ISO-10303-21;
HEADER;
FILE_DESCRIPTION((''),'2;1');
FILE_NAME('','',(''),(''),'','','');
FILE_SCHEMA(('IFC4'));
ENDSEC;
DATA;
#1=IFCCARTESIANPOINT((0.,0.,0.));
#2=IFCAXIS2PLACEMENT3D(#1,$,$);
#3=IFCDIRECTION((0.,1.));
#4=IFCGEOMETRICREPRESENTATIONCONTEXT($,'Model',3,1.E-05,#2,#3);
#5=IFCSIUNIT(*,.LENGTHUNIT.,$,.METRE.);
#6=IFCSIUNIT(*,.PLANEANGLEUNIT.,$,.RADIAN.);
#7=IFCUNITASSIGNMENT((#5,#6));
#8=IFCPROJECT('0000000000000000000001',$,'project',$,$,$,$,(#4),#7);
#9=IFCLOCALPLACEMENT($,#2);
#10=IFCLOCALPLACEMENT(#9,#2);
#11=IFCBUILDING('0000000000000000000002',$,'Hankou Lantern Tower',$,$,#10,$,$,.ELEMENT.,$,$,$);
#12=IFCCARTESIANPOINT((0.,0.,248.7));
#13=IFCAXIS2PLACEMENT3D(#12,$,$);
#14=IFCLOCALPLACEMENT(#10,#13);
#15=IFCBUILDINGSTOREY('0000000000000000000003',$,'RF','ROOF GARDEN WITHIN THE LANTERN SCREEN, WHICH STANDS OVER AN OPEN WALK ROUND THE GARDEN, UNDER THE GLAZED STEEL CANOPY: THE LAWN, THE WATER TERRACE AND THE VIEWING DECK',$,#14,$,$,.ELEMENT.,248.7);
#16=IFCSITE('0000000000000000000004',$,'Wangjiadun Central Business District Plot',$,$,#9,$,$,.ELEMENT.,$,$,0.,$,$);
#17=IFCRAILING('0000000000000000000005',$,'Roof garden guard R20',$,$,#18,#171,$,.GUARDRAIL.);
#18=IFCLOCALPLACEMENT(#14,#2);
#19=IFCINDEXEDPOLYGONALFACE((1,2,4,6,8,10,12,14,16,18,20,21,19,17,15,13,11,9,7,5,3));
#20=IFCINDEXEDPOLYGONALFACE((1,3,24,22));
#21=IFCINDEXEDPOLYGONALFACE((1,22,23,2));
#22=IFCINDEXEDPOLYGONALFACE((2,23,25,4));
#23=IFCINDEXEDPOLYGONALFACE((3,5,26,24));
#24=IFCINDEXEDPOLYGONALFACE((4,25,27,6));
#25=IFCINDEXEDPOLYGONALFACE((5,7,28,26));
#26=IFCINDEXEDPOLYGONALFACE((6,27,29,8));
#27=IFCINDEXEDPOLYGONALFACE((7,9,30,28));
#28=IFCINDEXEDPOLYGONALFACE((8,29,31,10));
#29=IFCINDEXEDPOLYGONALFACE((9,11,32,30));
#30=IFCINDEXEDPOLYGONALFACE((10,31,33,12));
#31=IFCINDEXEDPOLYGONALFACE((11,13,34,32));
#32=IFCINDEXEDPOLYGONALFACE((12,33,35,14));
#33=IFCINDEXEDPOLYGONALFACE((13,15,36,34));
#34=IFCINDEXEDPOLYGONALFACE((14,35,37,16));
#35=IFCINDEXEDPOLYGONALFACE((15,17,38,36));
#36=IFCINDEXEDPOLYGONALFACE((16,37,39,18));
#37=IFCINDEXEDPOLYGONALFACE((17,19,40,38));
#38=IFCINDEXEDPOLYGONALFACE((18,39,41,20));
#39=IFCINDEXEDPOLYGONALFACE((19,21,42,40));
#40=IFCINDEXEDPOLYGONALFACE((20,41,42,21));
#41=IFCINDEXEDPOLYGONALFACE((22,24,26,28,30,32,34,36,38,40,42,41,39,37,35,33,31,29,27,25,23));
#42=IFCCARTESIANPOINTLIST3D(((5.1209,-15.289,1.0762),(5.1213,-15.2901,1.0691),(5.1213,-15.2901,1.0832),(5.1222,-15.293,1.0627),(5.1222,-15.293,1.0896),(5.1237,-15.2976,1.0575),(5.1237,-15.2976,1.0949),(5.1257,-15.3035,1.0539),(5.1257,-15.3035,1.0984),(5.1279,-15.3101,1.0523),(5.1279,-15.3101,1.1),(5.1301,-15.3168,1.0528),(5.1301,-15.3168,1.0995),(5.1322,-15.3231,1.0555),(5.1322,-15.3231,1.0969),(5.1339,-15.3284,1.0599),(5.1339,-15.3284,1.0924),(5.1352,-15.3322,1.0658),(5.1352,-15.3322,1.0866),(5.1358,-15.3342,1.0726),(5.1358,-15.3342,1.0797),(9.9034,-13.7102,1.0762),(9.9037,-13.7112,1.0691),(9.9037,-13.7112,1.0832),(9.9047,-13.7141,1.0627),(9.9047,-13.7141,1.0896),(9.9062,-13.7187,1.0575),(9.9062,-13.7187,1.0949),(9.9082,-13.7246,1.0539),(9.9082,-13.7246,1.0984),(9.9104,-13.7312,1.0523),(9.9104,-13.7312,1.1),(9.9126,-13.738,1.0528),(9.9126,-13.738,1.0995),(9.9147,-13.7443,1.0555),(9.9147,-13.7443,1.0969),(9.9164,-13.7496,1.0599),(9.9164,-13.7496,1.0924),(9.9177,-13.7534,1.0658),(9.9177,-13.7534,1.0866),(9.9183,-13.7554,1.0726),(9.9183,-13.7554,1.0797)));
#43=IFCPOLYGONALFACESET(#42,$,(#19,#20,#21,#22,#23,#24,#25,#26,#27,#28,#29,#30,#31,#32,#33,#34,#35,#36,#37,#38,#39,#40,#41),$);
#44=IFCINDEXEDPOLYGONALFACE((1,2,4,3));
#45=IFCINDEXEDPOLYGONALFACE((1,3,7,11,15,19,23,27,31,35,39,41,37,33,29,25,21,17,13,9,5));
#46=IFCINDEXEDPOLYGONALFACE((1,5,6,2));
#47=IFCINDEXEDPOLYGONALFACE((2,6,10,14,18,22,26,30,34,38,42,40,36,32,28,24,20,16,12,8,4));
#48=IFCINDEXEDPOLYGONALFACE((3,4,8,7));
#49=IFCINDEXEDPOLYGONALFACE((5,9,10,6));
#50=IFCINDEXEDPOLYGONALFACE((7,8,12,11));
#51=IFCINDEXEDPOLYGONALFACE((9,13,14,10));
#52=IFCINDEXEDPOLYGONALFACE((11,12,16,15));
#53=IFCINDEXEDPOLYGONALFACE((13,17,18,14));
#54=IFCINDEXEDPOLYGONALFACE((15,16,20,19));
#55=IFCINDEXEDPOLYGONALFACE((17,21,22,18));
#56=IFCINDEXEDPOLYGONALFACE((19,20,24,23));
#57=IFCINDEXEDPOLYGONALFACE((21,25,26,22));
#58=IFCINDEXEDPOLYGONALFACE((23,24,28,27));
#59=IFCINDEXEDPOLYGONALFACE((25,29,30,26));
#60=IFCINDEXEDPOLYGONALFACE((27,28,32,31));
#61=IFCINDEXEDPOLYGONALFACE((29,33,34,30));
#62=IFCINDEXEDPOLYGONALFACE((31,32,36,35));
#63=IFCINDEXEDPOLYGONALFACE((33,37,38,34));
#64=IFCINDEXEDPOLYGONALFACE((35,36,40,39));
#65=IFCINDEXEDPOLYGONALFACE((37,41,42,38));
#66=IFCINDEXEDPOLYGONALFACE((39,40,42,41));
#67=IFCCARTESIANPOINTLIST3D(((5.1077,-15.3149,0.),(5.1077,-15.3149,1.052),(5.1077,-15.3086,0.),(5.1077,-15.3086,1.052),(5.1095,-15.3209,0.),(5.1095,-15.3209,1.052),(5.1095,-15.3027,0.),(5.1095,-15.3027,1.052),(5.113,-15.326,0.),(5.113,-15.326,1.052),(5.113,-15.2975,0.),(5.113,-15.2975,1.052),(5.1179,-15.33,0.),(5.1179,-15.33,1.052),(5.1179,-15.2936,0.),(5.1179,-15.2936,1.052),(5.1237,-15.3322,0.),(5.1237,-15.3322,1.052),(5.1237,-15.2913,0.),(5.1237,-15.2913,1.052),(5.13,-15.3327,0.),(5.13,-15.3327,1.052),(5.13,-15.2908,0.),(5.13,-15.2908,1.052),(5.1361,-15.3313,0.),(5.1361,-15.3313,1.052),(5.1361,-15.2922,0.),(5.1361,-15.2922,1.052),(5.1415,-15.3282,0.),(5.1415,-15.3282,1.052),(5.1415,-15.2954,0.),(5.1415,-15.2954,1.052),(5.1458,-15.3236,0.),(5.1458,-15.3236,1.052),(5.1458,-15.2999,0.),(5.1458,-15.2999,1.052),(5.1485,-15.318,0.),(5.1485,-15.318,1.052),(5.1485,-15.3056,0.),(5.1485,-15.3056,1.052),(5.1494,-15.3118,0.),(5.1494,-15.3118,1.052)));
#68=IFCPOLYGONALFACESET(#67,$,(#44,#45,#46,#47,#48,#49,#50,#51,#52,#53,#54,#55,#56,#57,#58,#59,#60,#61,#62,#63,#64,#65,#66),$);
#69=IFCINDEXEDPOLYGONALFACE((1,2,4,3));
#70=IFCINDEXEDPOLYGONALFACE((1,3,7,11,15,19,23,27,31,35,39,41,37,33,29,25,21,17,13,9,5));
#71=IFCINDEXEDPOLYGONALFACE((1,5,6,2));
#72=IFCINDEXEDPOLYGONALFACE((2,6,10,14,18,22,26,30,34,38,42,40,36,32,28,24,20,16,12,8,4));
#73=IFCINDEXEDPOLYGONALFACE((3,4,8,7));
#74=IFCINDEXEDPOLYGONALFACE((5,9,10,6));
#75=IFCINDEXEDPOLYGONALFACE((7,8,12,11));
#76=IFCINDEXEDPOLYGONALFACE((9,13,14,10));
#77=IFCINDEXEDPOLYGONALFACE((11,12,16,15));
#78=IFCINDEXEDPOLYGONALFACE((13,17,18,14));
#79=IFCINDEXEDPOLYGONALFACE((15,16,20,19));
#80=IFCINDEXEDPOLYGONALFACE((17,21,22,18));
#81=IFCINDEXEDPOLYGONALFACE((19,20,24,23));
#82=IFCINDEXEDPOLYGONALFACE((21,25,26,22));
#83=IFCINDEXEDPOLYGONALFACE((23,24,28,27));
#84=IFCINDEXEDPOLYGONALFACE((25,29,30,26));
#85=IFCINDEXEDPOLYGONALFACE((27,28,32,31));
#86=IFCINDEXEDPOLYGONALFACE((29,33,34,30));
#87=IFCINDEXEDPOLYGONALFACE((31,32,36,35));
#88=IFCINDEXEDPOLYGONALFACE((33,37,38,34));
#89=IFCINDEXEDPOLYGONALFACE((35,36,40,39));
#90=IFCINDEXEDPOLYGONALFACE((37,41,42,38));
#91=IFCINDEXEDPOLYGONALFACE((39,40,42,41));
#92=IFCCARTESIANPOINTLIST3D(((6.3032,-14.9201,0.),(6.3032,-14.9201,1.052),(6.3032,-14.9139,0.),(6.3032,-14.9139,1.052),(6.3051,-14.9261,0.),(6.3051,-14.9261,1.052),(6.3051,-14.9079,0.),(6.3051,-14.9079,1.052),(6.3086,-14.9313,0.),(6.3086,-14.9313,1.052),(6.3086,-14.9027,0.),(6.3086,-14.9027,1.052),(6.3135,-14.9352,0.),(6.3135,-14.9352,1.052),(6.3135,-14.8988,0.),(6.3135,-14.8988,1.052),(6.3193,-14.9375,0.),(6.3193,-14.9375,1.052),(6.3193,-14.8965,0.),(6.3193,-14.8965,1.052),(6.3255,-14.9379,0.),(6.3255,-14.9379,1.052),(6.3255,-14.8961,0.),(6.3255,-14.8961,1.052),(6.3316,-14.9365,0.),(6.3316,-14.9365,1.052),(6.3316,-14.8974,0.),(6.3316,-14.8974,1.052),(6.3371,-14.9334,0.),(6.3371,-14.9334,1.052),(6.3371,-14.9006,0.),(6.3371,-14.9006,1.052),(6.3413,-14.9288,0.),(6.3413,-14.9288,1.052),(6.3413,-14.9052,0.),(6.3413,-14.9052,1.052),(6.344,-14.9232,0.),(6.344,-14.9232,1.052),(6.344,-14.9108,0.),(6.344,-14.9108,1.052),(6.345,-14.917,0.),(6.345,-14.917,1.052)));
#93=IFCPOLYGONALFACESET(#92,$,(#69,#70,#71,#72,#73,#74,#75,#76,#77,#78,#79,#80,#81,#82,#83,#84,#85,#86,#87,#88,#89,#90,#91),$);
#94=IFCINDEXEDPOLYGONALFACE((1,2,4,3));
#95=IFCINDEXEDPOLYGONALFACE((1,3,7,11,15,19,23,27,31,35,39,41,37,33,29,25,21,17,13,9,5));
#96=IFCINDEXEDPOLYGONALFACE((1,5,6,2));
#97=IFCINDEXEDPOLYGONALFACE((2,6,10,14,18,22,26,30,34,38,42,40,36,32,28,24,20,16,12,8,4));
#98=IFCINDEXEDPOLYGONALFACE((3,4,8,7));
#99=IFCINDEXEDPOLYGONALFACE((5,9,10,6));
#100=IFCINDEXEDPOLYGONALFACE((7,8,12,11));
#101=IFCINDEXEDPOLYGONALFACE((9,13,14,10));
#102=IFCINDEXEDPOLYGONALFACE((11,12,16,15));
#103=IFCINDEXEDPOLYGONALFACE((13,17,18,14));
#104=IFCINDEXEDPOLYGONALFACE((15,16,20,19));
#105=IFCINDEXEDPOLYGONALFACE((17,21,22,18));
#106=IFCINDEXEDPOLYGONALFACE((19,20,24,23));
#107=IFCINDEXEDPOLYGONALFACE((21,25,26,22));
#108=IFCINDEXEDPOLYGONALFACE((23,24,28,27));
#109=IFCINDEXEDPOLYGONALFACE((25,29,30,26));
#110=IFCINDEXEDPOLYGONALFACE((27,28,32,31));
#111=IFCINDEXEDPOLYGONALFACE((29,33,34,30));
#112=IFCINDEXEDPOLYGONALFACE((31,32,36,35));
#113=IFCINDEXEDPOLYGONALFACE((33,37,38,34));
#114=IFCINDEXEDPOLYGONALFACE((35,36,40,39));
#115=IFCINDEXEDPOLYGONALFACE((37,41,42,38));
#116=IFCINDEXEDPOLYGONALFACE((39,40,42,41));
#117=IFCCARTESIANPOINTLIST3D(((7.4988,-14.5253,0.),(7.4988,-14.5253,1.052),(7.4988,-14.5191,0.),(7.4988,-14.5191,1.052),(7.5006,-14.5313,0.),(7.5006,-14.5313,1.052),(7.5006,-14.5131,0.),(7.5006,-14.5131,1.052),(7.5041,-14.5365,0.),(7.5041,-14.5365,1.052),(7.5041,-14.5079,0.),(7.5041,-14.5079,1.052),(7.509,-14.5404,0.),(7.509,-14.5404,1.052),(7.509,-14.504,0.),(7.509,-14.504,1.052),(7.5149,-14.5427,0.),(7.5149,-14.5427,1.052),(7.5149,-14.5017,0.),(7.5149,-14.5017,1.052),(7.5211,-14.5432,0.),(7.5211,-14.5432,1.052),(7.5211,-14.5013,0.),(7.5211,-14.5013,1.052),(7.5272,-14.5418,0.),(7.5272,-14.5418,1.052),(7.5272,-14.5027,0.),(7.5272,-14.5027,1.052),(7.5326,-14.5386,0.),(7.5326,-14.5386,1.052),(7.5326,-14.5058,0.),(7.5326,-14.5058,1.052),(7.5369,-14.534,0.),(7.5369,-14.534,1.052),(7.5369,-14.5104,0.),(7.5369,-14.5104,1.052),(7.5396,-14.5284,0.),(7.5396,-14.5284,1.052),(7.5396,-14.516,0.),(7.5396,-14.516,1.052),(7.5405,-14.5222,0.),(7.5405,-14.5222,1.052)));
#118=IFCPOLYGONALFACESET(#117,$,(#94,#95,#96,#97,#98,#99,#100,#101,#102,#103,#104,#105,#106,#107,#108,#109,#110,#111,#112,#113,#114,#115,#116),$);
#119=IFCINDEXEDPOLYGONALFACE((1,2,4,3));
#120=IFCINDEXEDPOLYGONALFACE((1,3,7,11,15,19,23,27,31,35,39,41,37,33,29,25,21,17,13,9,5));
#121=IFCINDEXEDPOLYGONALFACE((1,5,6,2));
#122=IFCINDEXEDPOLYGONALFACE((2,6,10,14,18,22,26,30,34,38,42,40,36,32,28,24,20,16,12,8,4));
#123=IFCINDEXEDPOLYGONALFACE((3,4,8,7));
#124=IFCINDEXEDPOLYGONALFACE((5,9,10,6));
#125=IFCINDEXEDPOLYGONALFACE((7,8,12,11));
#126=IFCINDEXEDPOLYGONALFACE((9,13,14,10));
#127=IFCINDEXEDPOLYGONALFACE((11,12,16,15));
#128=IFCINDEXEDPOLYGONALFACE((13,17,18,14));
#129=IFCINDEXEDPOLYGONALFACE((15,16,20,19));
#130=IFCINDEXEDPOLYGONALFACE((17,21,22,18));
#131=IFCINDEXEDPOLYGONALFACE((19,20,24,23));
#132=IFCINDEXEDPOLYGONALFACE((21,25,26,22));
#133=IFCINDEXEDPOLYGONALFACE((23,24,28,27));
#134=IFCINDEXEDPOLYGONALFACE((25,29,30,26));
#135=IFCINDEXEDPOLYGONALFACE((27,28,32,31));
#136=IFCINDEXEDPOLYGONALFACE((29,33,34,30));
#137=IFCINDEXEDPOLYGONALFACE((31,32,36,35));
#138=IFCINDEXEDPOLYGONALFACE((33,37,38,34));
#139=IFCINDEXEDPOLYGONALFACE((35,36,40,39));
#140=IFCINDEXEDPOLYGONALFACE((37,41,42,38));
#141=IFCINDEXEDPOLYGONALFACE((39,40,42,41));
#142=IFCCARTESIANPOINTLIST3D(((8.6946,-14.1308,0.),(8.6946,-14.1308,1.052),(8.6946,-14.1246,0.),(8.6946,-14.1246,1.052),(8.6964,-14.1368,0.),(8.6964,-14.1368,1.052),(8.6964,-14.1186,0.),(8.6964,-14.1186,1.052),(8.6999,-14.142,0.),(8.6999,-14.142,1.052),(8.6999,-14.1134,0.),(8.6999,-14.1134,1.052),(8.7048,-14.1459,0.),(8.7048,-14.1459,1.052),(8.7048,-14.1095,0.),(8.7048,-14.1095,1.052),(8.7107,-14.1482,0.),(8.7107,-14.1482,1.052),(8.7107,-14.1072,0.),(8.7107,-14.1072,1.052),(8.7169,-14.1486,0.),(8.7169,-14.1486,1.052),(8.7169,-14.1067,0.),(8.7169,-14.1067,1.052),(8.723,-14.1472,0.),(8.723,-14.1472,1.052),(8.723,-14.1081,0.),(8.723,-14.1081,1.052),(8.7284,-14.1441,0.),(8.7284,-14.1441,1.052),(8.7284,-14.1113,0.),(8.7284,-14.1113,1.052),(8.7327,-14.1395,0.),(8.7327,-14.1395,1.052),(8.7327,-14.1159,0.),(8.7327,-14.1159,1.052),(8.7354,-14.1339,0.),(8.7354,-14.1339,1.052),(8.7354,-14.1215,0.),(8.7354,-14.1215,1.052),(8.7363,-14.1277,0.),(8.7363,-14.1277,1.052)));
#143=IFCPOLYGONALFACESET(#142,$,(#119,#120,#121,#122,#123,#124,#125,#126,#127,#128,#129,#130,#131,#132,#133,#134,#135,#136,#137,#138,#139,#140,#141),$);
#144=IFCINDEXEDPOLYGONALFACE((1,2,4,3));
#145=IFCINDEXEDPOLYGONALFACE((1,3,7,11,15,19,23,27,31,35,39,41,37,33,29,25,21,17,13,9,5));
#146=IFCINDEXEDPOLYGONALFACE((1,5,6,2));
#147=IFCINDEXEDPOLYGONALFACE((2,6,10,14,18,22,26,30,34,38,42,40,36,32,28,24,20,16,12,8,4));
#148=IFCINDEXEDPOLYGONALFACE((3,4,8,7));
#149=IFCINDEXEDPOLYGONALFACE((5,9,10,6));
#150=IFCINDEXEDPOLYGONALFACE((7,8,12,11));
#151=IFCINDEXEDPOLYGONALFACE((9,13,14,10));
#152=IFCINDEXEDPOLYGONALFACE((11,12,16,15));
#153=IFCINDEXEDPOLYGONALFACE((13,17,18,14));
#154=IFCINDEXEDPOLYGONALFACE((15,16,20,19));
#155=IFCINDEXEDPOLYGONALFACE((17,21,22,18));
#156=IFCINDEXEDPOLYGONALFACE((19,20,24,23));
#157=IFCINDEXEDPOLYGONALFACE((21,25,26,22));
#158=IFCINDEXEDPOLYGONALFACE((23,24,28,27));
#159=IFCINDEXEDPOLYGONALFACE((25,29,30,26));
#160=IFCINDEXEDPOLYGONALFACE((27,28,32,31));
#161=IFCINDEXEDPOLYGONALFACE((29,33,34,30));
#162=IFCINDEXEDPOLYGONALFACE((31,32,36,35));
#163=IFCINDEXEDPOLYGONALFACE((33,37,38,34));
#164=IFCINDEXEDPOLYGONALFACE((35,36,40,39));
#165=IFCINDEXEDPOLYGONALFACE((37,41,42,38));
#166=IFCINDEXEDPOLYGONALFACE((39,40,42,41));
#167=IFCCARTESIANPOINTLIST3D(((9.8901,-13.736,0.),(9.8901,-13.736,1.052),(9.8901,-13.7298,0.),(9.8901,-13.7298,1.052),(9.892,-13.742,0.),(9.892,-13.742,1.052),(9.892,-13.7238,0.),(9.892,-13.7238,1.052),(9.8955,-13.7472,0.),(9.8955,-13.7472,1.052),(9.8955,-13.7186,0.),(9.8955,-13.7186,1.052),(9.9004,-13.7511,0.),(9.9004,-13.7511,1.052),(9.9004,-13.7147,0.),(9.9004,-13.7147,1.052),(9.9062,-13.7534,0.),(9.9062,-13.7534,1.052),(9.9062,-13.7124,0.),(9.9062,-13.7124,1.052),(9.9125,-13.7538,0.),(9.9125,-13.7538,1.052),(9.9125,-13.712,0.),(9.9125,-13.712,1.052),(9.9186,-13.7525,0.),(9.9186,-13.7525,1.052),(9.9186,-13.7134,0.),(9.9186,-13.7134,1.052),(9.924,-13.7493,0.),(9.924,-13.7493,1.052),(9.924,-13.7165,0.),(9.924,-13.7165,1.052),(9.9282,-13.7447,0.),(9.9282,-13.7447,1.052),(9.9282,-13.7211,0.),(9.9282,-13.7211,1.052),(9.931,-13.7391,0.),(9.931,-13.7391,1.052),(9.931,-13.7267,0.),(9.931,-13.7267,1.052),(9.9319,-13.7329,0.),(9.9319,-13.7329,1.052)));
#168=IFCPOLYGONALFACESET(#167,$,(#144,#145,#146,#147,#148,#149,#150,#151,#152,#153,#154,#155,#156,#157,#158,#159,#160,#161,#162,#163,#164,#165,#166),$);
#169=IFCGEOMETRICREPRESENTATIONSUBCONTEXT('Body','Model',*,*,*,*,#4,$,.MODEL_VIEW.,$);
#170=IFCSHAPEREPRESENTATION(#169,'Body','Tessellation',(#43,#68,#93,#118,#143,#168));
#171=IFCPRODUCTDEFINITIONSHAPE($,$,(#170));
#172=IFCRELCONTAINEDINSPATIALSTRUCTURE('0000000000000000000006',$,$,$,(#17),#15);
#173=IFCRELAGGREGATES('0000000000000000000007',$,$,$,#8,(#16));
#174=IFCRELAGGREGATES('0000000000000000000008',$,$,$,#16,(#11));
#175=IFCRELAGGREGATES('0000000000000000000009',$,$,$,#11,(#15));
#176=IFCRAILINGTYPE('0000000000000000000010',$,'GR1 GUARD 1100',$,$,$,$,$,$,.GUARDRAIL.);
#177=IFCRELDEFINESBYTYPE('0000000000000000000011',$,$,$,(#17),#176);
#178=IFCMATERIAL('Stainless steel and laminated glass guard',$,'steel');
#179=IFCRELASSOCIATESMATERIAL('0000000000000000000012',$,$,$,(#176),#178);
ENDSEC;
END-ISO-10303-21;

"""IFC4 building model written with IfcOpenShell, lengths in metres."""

from ifc_helpers import new_model, si_unit, direction, frame, origin, origin_2d, place, context, subcontext, project, spatial, circle, extrude, material, type_object, element, save


model = new_model("IFC4")

# Units and contexts
model_context = context("Model", 3, precision=1e-05, world=origin(), true_north=direction((0.0, 1.0)))
body_context = subcontext(model_context, "Body", "Model", "MODEL_VIEW")
ifc_project = project(units=[si_unit("LENGTHUNIT", "METRE"), si_unit("PLANEANGLEUNIT", "RADIAN")], contexts=[model_context])

# Site, building, storey
site_placement = place(None, origin())
site = spatial("IfcSite", under=ifc_project, at=site_placement, Name="Wangjiadun Central Business District Plot", CompositionType="ELEMENT", RefElevation=0.0)
building_placement = place(site_placement, origin())
building = spatial("IfcBuilding", under=site, at=building_placement, Name="Hankou Lantern Tower", CompositionType="ELEMENT")
storey_placement = place(building_placement, frame((0.0, 0.0, 248.7)))
storey = spatial("IfcBuildingStorey", under=building, at=storey_placement, Name="RF", Description="ROOF GARDEN WITHIN THE LANTERN SCREEN, WHICH STANDS OVER AN OPEN WALK ROUND THE GARDEN, UNDER THE GLAZED STEEL CANOPY: THE LAWN, THE WATER TERRACE AND THE VIEWING DECK", CompositionType="ELEMENT", Elevation=248.7)

# Railing
ifc_material_1 = material(Name="Stainless steel and laminated glass guard", Category="steel")
railing_type = type_object("IfcRailingType", Name="GR1 GUARD 1100", PredefinedType="GUARDRAIL", material=ifc_material_1)
railing_1_placement = place(storey_placement, frame((5.1284, -15.3118, 0.0)))
element("IfcRailing", 1, at=railing_1_placement, inside=storey, type_object=railing_type, Name="Roof garden guard R20", PredefinedType="GUARDRAIL", context=body_context, shape_type="SweptSolid", body=[
    extrude(circle(Radius=0.0239, at=origin_2d()), frame((0.0, 0.0, 1.0762), z_axis=(0.949591, 0.313492, 0.0), x_axis=(-0.313492, 0.949591, 0.0)), (0.0, 0.0, 1.0), 5.0364),
    extrude(circle(Radius=0.021, at=origin_2d()), origin(), (0.0, 0.0, 1.0), 1.052),
    extrude(circle(Radius=0.021, at=origin_2d()), frame((1.1956, 0.3948, 0.0)), (0.0, 0.0, 1.0), 1.052),
    extrude(circle(Radius=0.021, at=origin_2d()), frame((2.3911, 0.7896, 0.0)), (0.0, 0.0, 1.0), 1.052),
    extrude(circle(Radius=0.021, at=origin_2d()), frame((3.5869, 1.1841, 0.0)), (0.0, 0.0, 1.0), 1.052),
    extrude(circle(Radius=0.021, at=origin_2d()), frame((4.7825, 1.5789, 0.0)), (0.0, 0.0, 1.0), 1.052),
])

save(model, "model.ifc")
